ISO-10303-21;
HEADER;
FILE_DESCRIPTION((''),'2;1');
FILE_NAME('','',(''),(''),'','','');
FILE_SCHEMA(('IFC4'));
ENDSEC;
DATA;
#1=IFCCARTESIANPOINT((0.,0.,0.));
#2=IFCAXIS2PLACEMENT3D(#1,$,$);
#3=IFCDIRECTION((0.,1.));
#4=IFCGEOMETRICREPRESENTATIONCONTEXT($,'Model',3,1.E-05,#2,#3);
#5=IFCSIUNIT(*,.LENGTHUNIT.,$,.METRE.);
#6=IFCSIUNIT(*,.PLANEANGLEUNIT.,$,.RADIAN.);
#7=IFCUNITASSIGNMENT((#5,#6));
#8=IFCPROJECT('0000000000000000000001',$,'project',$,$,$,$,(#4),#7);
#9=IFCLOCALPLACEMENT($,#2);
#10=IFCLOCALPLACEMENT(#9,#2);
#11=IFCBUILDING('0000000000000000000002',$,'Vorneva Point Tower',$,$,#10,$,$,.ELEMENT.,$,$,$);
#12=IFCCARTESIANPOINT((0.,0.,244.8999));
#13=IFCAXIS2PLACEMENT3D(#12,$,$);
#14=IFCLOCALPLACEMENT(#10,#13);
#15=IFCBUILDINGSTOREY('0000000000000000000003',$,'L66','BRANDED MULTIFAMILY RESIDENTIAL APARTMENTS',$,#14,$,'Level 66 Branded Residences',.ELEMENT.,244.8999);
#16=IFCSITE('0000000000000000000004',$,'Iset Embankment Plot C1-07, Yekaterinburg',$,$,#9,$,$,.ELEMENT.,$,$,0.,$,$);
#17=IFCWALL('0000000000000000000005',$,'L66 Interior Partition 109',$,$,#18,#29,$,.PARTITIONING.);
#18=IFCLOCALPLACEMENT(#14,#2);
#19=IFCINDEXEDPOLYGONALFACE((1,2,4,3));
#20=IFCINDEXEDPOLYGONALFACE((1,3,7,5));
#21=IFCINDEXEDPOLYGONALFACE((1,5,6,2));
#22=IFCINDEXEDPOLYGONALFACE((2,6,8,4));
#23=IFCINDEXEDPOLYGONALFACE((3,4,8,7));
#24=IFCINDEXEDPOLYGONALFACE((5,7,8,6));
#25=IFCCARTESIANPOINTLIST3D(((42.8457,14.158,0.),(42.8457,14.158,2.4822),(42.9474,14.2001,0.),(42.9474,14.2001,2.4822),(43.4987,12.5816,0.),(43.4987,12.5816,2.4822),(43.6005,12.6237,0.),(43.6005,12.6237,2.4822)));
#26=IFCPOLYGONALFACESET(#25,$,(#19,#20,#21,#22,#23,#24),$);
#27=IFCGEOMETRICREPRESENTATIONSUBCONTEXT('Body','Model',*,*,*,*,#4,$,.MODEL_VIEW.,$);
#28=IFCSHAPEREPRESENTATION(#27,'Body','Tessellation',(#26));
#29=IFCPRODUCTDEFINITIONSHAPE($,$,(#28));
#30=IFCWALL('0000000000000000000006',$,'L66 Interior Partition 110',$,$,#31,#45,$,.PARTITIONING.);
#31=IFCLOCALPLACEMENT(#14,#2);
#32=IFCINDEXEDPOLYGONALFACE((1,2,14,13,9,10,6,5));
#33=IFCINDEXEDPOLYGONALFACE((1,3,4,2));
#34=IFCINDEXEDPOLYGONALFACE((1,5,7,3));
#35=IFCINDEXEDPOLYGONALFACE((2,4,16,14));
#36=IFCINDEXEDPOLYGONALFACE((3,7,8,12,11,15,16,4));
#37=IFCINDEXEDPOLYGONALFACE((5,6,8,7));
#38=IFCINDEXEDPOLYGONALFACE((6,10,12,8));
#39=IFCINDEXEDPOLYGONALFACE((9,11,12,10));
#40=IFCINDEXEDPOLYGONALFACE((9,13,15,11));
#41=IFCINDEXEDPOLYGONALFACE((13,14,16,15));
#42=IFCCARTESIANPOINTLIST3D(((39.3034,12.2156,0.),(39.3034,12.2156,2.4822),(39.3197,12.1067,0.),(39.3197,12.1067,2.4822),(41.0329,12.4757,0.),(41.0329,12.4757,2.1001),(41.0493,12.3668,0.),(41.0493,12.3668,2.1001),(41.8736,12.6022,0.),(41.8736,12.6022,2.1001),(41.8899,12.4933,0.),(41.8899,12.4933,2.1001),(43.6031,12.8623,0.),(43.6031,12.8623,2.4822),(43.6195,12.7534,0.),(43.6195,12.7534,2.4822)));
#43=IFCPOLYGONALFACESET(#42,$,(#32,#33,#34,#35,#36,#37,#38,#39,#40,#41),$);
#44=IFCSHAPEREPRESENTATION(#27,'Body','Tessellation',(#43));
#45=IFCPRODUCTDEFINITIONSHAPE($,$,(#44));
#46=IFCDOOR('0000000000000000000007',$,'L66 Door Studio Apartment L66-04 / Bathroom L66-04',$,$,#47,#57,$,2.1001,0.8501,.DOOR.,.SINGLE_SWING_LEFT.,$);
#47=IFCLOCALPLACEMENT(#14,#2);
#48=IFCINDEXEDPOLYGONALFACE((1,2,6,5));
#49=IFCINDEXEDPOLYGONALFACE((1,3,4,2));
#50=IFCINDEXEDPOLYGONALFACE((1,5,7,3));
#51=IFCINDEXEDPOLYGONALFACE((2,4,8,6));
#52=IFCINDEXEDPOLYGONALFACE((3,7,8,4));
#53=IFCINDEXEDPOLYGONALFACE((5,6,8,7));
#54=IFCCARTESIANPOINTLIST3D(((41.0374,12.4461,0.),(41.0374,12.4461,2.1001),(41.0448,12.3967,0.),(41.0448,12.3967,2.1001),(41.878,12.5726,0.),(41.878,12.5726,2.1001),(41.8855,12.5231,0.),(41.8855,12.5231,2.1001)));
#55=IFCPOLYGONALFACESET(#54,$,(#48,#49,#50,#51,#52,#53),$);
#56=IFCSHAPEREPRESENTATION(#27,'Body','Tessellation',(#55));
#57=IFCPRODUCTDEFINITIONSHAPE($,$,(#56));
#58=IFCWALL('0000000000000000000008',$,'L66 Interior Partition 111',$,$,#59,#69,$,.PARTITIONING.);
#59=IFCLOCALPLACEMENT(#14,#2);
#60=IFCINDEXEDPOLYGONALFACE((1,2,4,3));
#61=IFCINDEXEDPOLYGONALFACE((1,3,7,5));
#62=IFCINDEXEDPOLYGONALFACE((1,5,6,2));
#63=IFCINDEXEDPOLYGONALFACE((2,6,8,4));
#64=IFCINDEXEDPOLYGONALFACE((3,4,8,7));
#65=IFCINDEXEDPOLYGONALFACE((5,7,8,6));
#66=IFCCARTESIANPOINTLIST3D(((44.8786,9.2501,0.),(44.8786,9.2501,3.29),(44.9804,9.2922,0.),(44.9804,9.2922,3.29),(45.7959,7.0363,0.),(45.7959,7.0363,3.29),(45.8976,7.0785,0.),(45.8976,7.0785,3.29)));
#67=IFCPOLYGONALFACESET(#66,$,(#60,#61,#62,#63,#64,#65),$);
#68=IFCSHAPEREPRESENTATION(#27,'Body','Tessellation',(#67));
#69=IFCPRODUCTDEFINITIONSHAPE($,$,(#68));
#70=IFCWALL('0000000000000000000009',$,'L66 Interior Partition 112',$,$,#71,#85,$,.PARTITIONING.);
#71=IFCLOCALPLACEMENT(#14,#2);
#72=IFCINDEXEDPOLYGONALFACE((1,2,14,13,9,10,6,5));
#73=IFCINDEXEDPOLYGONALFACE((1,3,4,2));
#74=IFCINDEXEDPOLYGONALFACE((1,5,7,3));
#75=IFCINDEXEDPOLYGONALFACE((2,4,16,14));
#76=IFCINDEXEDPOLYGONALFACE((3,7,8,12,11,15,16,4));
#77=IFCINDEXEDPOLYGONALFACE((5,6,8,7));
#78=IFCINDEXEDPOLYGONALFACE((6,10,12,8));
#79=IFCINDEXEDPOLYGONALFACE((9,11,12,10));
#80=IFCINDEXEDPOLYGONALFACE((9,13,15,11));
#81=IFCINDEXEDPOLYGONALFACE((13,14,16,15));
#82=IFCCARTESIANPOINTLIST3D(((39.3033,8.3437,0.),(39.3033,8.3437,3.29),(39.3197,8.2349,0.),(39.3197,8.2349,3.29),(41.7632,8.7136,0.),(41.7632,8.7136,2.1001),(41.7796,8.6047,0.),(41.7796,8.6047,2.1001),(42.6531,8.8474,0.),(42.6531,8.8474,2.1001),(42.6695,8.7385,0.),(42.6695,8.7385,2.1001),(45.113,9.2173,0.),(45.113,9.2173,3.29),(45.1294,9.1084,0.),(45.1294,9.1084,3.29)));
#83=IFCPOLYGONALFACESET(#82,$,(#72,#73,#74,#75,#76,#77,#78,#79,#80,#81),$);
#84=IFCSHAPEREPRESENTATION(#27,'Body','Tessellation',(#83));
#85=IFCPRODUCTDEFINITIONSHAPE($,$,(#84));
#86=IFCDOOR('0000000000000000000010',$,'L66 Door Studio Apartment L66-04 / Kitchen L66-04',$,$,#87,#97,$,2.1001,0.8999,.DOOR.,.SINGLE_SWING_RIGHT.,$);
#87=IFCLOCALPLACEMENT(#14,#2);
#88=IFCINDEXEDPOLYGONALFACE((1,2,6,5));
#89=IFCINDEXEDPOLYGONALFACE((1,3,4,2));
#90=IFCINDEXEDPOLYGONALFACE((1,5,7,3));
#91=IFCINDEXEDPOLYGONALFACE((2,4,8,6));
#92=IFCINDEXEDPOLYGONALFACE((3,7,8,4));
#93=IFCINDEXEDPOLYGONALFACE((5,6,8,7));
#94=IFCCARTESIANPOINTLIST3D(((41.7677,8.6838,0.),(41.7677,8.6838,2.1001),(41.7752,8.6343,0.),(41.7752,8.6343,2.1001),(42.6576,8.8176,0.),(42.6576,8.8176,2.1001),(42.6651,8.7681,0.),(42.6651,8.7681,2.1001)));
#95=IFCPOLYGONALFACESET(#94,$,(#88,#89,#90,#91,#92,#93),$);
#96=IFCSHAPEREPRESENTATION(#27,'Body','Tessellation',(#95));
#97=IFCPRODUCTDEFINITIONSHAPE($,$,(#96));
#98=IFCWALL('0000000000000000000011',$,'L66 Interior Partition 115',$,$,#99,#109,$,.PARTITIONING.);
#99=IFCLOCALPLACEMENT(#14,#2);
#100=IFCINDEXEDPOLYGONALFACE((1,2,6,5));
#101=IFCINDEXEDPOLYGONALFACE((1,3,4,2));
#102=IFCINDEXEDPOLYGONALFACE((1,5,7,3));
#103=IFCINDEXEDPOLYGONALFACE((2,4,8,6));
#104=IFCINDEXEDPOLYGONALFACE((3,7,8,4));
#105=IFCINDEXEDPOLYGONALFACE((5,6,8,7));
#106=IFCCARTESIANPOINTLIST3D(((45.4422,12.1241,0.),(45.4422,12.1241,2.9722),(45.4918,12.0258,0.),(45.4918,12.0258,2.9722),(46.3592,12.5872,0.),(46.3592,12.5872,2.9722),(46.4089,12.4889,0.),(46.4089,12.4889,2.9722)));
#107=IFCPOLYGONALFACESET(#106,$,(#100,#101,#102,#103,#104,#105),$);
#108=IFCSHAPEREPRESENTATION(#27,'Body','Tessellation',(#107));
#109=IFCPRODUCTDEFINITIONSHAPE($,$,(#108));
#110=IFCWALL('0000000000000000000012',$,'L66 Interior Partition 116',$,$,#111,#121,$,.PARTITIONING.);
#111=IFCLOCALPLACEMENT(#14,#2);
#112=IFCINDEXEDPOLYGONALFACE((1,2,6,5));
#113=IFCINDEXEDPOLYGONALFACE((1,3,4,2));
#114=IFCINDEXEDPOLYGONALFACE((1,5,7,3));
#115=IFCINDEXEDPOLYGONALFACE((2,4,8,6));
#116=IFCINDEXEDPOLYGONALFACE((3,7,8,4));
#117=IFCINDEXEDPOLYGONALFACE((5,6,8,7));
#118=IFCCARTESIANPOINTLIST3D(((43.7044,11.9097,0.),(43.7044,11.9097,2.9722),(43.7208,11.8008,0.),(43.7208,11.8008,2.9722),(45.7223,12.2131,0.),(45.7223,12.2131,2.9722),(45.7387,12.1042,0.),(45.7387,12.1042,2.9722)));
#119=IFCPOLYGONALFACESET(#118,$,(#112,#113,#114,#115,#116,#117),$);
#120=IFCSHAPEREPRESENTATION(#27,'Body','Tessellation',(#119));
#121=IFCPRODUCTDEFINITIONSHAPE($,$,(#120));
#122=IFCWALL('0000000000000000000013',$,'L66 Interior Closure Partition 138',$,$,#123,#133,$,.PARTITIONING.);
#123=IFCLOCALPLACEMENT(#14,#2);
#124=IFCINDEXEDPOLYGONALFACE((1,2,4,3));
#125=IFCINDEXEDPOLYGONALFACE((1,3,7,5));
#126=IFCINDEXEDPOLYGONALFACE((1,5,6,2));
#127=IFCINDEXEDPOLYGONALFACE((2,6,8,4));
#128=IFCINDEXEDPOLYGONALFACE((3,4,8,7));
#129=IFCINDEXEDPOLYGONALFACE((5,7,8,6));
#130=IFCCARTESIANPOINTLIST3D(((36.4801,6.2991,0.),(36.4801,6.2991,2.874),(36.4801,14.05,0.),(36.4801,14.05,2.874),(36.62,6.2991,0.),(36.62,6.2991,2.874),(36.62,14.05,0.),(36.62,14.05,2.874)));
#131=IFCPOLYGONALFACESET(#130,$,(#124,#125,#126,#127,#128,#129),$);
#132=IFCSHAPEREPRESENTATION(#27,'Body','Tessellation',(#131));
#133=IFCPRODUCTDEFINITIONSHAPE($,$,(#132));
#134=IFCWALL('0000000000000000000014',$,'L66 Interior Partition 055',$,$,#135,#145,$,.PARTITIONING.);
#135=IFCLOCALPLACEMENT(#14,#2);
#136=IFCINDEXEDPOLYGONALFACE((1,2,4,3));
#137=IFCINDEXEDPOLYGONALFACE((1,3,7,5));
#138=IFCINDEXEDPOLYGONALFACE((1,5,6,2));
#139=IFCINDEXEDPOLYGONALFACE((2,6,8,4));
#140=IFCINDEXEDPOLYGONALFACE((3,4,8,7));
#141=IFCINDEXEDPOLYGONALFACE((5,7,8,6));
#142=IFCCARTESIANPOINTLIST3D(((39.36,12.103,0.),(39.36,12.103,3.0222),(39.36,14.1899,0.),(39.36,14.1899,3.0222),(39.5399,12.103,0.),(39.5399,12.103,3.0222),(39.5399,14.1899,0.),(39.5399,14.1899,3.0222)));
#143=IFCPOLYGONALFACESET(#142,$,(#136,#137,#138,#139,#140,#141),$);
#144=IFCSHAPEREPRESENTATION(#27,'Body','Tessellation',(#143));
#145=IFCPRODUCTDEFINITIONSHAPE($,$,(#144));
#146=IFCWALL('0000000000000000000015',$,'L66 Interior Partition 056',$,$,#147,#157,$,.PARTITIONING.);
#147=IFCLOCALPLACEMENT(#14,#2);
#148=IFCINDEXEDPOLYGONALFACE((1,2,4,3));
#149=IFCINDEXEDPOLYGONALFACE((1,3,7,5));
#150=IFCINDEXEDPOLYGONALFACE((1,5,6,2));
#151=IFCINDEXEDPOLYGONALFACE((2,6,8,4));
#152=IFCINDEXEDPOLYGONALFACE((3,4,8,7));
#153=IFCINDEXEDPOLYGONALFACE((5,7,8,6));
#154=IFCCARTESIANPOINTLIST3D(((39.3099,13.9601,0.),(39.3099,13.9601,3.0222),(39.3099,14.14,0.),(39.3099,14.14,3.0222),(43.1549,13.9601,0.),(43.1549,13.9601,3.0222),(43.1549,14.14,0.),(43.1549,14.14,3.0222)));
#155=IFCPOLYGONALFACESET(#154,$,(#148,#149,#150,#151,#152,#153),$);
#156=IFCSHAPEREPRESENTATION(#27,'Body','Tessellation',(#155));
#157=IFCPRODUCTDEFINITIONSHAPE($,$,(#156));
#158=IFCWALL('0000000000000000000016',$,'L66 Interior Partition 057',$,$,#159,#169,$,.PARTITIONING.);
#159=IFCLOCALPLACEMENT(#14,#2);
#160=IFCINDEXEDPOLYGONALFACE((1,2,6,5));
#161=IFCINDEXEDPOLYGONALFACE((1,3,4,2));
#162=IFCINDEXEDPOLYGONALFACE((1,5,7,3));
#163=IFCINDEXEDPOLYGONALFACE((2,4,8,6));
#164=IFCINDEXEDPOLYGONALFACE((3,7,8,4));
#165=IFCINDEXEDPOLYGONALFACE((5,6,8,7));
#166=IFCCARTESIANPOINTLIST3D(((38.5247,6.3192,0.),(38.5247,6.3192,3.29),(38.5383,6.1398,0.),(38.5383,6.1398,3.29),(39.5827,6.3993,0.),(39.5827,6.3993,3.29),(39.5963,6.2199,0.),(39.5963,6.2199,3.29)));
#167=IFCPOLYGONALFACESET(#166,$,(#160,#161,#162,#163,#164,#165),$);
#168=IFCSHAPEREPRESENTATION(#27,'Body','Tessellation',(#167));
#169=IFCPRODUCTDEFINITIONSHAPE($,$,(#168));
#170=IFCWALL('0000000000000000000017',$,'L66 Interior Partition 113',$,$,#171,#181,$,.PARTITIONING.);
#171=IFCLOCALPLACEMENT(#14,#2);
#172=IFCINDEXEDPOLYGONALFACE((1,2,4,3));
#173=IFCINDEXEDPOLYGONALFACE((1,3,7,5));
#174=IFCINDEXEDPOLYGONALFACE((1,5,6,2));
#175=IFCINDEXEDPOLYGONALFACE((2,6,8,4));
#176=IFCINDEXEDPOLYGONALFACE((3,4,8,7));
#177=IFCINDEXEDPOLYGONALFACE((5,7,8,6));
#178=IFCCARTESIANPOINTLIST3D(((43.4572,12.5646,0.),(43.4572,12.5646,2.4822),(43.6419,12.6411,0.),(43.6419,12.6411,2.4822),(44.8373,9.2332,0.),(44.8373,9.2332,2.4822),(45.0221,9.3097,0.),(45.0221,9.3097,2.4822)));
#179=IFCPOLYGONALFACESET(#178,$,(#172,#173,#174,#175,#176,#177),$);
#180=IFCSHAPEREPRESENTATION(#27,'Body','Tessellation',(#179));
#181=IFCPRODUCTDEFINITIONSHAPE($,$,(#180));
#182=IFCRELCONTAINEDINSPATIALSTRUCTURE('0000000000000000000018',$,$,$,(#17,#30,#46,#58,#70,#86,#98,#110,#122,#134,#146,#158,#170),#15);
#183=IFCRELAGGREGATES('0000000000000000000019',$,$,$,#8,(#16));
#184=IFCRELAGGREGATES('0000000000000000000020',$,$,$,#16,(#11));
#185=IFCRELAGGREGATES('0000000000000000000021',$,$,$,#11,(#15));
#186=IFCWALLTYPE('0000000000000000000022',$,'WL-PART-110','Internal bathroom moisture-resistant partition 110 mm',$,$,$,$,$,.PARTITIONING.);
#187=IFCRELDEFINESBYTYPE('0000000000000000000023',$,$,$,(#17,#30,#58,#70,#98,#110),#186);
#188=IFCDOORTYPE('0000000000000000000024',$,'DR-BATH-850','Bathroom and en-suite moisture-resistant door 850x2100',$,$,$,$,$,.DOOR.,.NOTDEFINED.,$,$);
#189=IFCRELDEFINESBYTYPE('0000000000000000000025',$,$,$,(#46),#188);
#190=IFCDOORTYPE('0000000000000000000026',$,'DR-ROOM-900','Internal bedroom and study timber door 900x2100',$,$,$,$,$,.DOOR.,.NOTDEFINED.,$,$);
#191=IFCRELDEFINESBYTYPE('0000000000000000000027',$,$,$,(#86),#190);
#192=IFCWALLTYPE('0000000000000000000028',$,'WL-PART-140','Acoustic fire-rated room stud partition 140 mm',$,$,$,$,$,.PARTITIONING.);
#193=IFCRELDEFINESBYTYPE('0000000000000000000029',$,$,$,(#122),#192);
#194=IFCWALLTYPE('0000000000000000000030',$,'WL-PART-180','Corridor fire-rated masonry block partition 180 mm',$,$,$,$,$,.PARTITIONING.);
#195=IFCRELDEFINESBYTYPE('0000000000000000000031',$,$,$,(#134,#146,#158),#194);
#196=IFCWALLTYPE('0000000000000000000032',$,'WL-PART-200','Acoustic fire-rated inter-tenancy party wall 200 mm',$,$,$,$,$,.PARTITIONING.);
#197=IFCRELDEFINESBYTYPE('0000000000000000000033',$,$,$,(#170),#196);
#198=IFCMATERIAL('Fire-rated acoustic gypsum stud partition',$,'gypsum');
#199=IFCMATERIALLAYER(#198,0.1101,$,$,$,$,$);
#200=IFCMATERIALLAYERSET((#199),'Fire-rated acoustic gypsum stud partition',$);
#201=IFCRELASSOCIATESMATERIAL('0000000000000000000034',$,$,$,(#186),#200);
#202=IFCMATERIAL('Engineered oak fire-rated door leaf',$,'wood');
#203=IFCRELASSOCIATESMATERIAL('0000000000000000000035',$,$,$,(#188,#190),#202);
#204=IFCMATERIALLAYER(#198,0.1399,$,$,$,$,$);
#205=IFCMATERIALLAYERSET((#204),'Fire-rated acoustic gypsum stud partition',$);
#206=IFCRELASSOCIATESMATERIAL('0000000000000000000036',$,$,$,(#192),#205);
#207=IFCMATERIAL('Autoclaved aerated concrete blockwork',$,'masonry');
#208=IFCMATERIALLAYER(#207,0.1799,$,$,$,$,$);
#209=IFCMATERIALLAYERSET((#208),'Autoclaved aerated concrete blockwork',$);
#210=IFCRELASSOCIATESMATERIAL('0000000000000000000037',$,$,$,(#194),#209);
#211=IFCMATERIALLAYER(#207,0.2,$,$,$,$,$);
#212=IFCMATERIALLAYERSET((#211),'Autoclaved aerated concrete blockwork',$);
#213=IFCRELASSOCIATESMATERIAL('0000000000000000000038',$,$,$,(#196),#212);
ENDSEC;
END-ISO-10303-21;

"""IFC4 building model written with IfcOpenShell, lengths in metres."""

from ifc_helpers import new_model, si_unit, direction, frame, frame_2d, origin, place, context, subcontext, project, spatial, rectangle, extrude, material, layer, layer_set, type_object, element, fill, save


model = new_model("IFC4")

# Units and contexts
model_context = context("Model", 3, precision=1e-05, world=origin(), true_north=direction((0.0, 1.0)))
body_context = subcontext(model_context, "Body", "Model", "MODEL_VIEW")
ifc_project = project(units=[si_unit("LENGTHUNIT", "METRE"), si_unit("PLANEANGLEUNIT", "RADIAN")], contexts=[model_context])

# Site, building, storey
site_placement = place(None, origin())
site = spatial("IfcSite", under=ifc_project, at=site_placement, Name="Iset Embankment Plot C1-07, Yekaterinburg", CompositionType="ELEMENT", RefElevation=0.0)
building_placement = place(site_placement, origin())
building = spatial("IfcBuilding", under=site, at=building_placement, Name="Vorneva Point Tower", CompositionType="ELEMENT")
storey_placement = place(building_placement, frame((0.0, 0.0, 244.8999)))
storey = spatial("IfcBuildingStorey", under=building, at=storey_placement, Name="L66", Description="BRANDED MULTIFAMILY RESIDENTIAL APARTMENTS", LongName="Level 66 Branded Residences", CompositionType="ELEMENT", Elevation=244.8999)

# Wall
ifc_material_1 = material(Name="Fire-rated acoustic gypsum stud partition", Category="gypsum")
ifc_layer_1 = layer(ifc_material_1, 0.1101)
ifc_layer_set_1 = layer_set([ifc_layer_1], Name="Fire-rated acoustic gypsum stud partition")
wall_type_1 = type_object("IfcWallType", Name="WL-PART-110", Description="Internal bathroom moisture-resistant partition 110 mm", PredefinedType="PARTITIONING", material=ifc_layer_set_1)
wall_1_placement = place(storey_placement, frame((43.5496, 12.6028, 0.0), z_axis=(0.0, 0.0, 1.0), x_axis=(-0.382735, 0.923858, 0.0)))
element("IfcWall", 1, at=wall_1_placement, inside=storey, type_object=wall_type_1, Name="L66 Interior Partition 109", PredefinedType="PARTITIONING", context=body_context, shape_type="SweptSolid", body=[
    extrude(rectangle(XDim=1.7063, YDim=0.1101, at=frame_2d((0.853, 0.0))), origin(), (0.0, 0.0, 1.0), 2.4822),
])

# Wall, opening, door
wall_2_placement = place(storey_placement, frame((43.6113, 12.8079, 0.0), z_axis=(0.0, 0.0, 1.0), x_axis=(-0.988877, -0.148736, 0.0)))
wall_2 = element("IfcWall", 2, at=wall_2_placement, inside=storey, type_object=wall_type_1, Name="L66 Interior Partition 110", PredefinedType="PARTITIONING", context=body_context, shape_type="SweptSolid", body=[
    extrude(rectangle(XDim=4.3481, YDim=0.1101, at=frame_2d((2.1741, 0.0))), origin(), (0.0, 0.0, 1.0), 2.4822),
])
opening_1_placement = place(wall_2_placement, frame((1.749, 0.0, 0.0)))
opening_1 = element("IfcOpeningElement", 3, at=opening_1_placement, cuts=wall_2, PredefinedType="OPENING", context=body_context, shape_type="SweptSolid", body=[
    extrude(rectangle(XDim=0.8501, YDim=2.1001, at=frame_2d((0.425, 1.05))), frame((0.0, 0.0698, 0.0), z_axis=(0.0, -1.0, 0.0), x_axis=(1.0, 0.0, 0.0)), (0.0, 0.0, 1.0), 0.1399),
])
ifc_material_2 = material(Name="Engineered oak fire-rated door leaf", Category="wood")
door_type_1 = type_object("IfcDoorType", Name="DR-BATH-850", Description="Bathroom and en-suite moisture-resistant door 850x2100", OperationType="NOTDEFINED", PredefinedType="DOOR", material=ifc_material_2)
door_1_placement = place(opening_1_placement, origin())
door_1 = element("IfcDoor", 4, at=door_1_placement, inside=storey, type_object=door_type_1, Name="L66 Door Studio Apartment L66-04 / Bathroom L66-04", OperationType="SINGLE_SWING_LEFT", OverallHeight=2.1001, OverallWidth=0.8501, PredefinedType="DOOR", context=body_context, shape_type="SweptSolid", body=[
    extrude(rectangle(XDim=0.8501, YDim=2.1001, at=frame_2d((0.425, 1.05))), frame((0.0, 0.0249, 0.0), z_axis=(0.0, -1.0, 0.0), x_axis=(1.0, 0.0, 0.0)), (0.0, 0.0, 1.0), 0.05),
])
fill(opening_1, door_1)

# Wall
wall_3_placement = place(storey_placement, frame((44.9294, 9.2712, 0.0), z_axis=(0.0, 0.0, 1.0), x_axis=(0.382799, -0.923832, 0.0)))
element("IfcWall", 5, at=wall_3_placement, inside=storey, type_object=wall_type_1, Name="L66 Interior Partition 111", PredefinedType="PARTITIONING", context=body_context, shape_type="SweptSolid", body=[
    extrude(rectangle(XDim=2.3962, YDim=0.1101, at=frame_2d((1.1982, 0.0))), origin(), (0.0, 0.0, 1.0), 3.29),
])

# Wall, opening, door
wall_4_placement = place(storey_placement, frame((39.3115, 8.2893, 0.0), z_axis=(0.0, 0.0, 1.0), x_axis=(0.988885, 0.148684, 0.0)))
wall_4 = element("IfcWall", 6, at=wall_4_placement, inside=storey, type_object=wall_type_1, Name="L66 Interior Partition 112", PredefinedType="PARTITIONING", context=body_context, shape_type="SweptSolid", body=[
    extrude(rectangle(XDim=5.875, YDim=0.1101, at=frame_2d((2.9375, 0.0))), origin(), (0.0, 0.0, 1.0), 3.29),
])
opening_2_placement = place(wall_4_placement, frame((2.4875, 0.0, 0.0)))
opening_2 = element("IfcOpeningElement", 7, at=opening_2_placement, cuts=wall_4, PredefinedType="OPENING", context=body_context, shape_type="SweptSolid", body=[
    extrude(rectangle(XDim=0.8999, YDim=2.1001, at=frame_2d((0.45, 1.05))), frame((0.0, 0.0698, 0.0), z_axis=(0.0, -1.0, 0.0), x_axis=(1.0, 0.0, 0.0)), (0.0, 0.0, 1.0), 0.1399),
])
door_type_2 = type_object("IfcDoorType", Name="DR-ROOM-900", Description="Internal bedroom and study timber door 900x2100", OperationType="NOTDEFINED", PredefinedType="DOOR", material=ifc_material_2)
door_2_placement = place(opening_2_placement, origin())
door_2 = element("IfcDoor", 8, at=door_2_placement, inside=storey, type_object=door_type_2, Name="L66 Door Studio Apartment L66-04 / Kitchen L66-04", OperationType="SINGLE_SWING_RIGHT", OverallHeight=2.1001, OverallWidth=0.8999, PredefinedType="DOOR", context=body_context, shape_type="SweptSolid", body=[
    extrude(rectangle(XDim=0.8999, YDim=2.1001, at=frame_2d((0.45, 1.05))), frame((0.0, 0.0249, 0.0), z_axis=(0.0, -1.0, 0.0), x_axis=(1.0, 0.0, 0.0)), (0.0, 0.0, 1.0), 0.05),
])
fill(opening_2, door_2)

# Walls
wall_5_placement = place(storey_placement, frame((46.384, 12.5381, 0.0), z_axis=(0.0, 0.0, 1.0), x_axis=(-0.892614, -0.450822, 0.0)))
element("IfcWall", 9, at=wall_5_placement, inside=storey, type_object=wall_type_1, Name="L66 Interior Partition 115", PredefinedType="PARTITIONING", context=body_context, shape_type="SweptSolid", body=[
    extrude(rectangle(XDim=1.0273, YDim=0.1101, at=frame_2d((0.5137, 0.0))), origin(), (0.0, 0.0, 1.0), 2.9722),
])
wall_6_placement = place(storey_placement, frame((45.7305, 12.1587, 0.0), z_axis=(0.0, 0.0, 1.0), x_axis=(-0.988879, -0.148721, 0.0)))
element("IfcWall", 10, at=wall_6_placement, inside=storey, type_object=wall_type_1, Name="L66 Interior Partition 116", PredefinedType="PARTITIONING", context=body_context, shape_type="SweptSolid", body=[
    extrude(rectangle(XDim=2.0405, YDim=0.1101, at=frame_2d((1.0203, 0.0))), origin(), (0.0, 0.0, 1.0), 2.9722),
])
ifc_layer_2 = layer(ifc_material_1, 0.1399)
ifc_layer_set_2 = layer_set([ifc_layer_2], Name="Fire-rated acoustic gypsum stud partition")
wall_type_2 = type_object("IfcWallType", Name="WL-PART-140", Description="Acoustic fire-rated room stud partition 140 mm", PredefinedType="PARTITIONING", material=ifc_layer_set_2)
wall_7_placement = place(storey_placement, frame((36.55, 14.05, 0.0), z_axis=(0.0, 0.0, 1.0), x_axis=(0.0, -1.0, 0.0)))
element("IfcWall", 11, at=wall_7_placement, inside=storey, type_object=wall_type_2, Name="L66 Interior Closure Partition 138", PredefinedType="PARTITIONING", context=body_context, shape_type="SweptSolid", body=[
    extrude(rectangle(XDim=7.751, YDim=0.1399, at=frame_2d((3.8755, 0.0))), origin(), (0.0, 0.0, 1.0), 2.874),
])

# Shared definitions
ifc_material_3 = material(Name="Autoclaved aerated concrete blockwork", Category="masonry")
ifc_layer_3 = layer(ifc_material_3, 0.1799)
ifc_layer_set_3 = layer_set([ifc_layer_3], Name="Autoclaved aerated concrete blockwork")
wall_type_3 = type_object("IfcWallType", Name="WL-PART-180", Description="Corridor fire-rated masonry block partition 180 mm", PredefinedType="PARTITIONING", material=ifc_layer_set_3)

# Walls
wall_8_placement = place(storey_placement, frame((39.45, 12.103, 0.0), z_axis=(0.0, 0.0, 1.0), x_axis=(0.0, 1.0, 0.0)))
element("IfcWall", 12, at=wall_8_placement, inside=storey, type_object=wall_type_3, Name="L66 Interior Partition 055", PredefinedType="PARTITIONING", context=body_context, shape_type="SweptSolid", body=[
    extrude(rectangle(XDim=2.0869, YDim=0.1799, at=frame_2d((1.0435, 0.0))), origin(), (0.0, 0.0, 1.0), 3.0222),
])
wall_9_placement = place(storey_placement, frame((39.3101, 14.05, 0.0), z_axis=(0.0, 0.0, 1.0), x_axis=(1.0, 0.0, 0.0)))
element("IfcWall", 13, at=wall_9_placement, inside=storey, type_object=wall_type_3, Name="L66 Interior Partition 056", PredefinedType="PARTITIONING", context=body_context, shape_type="SweptSolid", body=[
    extrude(rectangle(XDim=3.845, YDim=0.1799, at=frame_2d((1.9224, 0.0))), origin(), (0.0, 0.0, 1.0), 3.0222),
])
wall_10_placement = place(storey_placement, frame((38.5315, 6.2295, 0.0), z_axis=(0.0, 0.0, 1.0), x_axis=(0.997148, 0.075465, 0.0)))
element("IfcWall", 14, at=wall_10_placement, inside=storey, type_object=wall_type_3, Name="L66 Interior Partition 057", PredefinedType="PARTITIONING", context=body_context, shape_type="SweptSolid", body=[
    extrude(rectangle(XDim=1.061, YDim=0.1799, at=frame_2d((0.5305, 0.0))), origin(), (0.0, 0.0, 1.0), 3.29),
])

# Wall
ifc_layer_4 = layer(ifc_material_3, 0.2)
ifc_layer_set_4 = layer_set([ifc_layer_4], Name="Autoclaved aerated concrete blockwork")
wall_type_4 = type_object("IfcWallType", Name="WL-PART-200", Description="Acoustic fire-rated inter-tenancy party wall 200 mm", PredefinedType="PARTITIONING", material=ifc_layer_set_4)
wall_11_placement = place(storey_placement, frame((44.9297, 9.2715, 0.0), z_axis=(0.0, 0.0, 1.0), x_axis=(-0.382744, 0.923854, 0.0)))
element("IfcWall", 15, at=wall_11_placement, inside=storey, type_object=wall_type_4, Name="L66 Interior Partition 113", PredefinedType="PARTITIONING", context=body_context, shape_type="SweptSolid", body=[
    extrude(rectangle(XDim=3.606, YDim=0.2, at=frame_2d((1.803, 0.0))), origin(), (0.0, 0.0, 1.0), 2.4822),
])

save(model, "model.ifc")
